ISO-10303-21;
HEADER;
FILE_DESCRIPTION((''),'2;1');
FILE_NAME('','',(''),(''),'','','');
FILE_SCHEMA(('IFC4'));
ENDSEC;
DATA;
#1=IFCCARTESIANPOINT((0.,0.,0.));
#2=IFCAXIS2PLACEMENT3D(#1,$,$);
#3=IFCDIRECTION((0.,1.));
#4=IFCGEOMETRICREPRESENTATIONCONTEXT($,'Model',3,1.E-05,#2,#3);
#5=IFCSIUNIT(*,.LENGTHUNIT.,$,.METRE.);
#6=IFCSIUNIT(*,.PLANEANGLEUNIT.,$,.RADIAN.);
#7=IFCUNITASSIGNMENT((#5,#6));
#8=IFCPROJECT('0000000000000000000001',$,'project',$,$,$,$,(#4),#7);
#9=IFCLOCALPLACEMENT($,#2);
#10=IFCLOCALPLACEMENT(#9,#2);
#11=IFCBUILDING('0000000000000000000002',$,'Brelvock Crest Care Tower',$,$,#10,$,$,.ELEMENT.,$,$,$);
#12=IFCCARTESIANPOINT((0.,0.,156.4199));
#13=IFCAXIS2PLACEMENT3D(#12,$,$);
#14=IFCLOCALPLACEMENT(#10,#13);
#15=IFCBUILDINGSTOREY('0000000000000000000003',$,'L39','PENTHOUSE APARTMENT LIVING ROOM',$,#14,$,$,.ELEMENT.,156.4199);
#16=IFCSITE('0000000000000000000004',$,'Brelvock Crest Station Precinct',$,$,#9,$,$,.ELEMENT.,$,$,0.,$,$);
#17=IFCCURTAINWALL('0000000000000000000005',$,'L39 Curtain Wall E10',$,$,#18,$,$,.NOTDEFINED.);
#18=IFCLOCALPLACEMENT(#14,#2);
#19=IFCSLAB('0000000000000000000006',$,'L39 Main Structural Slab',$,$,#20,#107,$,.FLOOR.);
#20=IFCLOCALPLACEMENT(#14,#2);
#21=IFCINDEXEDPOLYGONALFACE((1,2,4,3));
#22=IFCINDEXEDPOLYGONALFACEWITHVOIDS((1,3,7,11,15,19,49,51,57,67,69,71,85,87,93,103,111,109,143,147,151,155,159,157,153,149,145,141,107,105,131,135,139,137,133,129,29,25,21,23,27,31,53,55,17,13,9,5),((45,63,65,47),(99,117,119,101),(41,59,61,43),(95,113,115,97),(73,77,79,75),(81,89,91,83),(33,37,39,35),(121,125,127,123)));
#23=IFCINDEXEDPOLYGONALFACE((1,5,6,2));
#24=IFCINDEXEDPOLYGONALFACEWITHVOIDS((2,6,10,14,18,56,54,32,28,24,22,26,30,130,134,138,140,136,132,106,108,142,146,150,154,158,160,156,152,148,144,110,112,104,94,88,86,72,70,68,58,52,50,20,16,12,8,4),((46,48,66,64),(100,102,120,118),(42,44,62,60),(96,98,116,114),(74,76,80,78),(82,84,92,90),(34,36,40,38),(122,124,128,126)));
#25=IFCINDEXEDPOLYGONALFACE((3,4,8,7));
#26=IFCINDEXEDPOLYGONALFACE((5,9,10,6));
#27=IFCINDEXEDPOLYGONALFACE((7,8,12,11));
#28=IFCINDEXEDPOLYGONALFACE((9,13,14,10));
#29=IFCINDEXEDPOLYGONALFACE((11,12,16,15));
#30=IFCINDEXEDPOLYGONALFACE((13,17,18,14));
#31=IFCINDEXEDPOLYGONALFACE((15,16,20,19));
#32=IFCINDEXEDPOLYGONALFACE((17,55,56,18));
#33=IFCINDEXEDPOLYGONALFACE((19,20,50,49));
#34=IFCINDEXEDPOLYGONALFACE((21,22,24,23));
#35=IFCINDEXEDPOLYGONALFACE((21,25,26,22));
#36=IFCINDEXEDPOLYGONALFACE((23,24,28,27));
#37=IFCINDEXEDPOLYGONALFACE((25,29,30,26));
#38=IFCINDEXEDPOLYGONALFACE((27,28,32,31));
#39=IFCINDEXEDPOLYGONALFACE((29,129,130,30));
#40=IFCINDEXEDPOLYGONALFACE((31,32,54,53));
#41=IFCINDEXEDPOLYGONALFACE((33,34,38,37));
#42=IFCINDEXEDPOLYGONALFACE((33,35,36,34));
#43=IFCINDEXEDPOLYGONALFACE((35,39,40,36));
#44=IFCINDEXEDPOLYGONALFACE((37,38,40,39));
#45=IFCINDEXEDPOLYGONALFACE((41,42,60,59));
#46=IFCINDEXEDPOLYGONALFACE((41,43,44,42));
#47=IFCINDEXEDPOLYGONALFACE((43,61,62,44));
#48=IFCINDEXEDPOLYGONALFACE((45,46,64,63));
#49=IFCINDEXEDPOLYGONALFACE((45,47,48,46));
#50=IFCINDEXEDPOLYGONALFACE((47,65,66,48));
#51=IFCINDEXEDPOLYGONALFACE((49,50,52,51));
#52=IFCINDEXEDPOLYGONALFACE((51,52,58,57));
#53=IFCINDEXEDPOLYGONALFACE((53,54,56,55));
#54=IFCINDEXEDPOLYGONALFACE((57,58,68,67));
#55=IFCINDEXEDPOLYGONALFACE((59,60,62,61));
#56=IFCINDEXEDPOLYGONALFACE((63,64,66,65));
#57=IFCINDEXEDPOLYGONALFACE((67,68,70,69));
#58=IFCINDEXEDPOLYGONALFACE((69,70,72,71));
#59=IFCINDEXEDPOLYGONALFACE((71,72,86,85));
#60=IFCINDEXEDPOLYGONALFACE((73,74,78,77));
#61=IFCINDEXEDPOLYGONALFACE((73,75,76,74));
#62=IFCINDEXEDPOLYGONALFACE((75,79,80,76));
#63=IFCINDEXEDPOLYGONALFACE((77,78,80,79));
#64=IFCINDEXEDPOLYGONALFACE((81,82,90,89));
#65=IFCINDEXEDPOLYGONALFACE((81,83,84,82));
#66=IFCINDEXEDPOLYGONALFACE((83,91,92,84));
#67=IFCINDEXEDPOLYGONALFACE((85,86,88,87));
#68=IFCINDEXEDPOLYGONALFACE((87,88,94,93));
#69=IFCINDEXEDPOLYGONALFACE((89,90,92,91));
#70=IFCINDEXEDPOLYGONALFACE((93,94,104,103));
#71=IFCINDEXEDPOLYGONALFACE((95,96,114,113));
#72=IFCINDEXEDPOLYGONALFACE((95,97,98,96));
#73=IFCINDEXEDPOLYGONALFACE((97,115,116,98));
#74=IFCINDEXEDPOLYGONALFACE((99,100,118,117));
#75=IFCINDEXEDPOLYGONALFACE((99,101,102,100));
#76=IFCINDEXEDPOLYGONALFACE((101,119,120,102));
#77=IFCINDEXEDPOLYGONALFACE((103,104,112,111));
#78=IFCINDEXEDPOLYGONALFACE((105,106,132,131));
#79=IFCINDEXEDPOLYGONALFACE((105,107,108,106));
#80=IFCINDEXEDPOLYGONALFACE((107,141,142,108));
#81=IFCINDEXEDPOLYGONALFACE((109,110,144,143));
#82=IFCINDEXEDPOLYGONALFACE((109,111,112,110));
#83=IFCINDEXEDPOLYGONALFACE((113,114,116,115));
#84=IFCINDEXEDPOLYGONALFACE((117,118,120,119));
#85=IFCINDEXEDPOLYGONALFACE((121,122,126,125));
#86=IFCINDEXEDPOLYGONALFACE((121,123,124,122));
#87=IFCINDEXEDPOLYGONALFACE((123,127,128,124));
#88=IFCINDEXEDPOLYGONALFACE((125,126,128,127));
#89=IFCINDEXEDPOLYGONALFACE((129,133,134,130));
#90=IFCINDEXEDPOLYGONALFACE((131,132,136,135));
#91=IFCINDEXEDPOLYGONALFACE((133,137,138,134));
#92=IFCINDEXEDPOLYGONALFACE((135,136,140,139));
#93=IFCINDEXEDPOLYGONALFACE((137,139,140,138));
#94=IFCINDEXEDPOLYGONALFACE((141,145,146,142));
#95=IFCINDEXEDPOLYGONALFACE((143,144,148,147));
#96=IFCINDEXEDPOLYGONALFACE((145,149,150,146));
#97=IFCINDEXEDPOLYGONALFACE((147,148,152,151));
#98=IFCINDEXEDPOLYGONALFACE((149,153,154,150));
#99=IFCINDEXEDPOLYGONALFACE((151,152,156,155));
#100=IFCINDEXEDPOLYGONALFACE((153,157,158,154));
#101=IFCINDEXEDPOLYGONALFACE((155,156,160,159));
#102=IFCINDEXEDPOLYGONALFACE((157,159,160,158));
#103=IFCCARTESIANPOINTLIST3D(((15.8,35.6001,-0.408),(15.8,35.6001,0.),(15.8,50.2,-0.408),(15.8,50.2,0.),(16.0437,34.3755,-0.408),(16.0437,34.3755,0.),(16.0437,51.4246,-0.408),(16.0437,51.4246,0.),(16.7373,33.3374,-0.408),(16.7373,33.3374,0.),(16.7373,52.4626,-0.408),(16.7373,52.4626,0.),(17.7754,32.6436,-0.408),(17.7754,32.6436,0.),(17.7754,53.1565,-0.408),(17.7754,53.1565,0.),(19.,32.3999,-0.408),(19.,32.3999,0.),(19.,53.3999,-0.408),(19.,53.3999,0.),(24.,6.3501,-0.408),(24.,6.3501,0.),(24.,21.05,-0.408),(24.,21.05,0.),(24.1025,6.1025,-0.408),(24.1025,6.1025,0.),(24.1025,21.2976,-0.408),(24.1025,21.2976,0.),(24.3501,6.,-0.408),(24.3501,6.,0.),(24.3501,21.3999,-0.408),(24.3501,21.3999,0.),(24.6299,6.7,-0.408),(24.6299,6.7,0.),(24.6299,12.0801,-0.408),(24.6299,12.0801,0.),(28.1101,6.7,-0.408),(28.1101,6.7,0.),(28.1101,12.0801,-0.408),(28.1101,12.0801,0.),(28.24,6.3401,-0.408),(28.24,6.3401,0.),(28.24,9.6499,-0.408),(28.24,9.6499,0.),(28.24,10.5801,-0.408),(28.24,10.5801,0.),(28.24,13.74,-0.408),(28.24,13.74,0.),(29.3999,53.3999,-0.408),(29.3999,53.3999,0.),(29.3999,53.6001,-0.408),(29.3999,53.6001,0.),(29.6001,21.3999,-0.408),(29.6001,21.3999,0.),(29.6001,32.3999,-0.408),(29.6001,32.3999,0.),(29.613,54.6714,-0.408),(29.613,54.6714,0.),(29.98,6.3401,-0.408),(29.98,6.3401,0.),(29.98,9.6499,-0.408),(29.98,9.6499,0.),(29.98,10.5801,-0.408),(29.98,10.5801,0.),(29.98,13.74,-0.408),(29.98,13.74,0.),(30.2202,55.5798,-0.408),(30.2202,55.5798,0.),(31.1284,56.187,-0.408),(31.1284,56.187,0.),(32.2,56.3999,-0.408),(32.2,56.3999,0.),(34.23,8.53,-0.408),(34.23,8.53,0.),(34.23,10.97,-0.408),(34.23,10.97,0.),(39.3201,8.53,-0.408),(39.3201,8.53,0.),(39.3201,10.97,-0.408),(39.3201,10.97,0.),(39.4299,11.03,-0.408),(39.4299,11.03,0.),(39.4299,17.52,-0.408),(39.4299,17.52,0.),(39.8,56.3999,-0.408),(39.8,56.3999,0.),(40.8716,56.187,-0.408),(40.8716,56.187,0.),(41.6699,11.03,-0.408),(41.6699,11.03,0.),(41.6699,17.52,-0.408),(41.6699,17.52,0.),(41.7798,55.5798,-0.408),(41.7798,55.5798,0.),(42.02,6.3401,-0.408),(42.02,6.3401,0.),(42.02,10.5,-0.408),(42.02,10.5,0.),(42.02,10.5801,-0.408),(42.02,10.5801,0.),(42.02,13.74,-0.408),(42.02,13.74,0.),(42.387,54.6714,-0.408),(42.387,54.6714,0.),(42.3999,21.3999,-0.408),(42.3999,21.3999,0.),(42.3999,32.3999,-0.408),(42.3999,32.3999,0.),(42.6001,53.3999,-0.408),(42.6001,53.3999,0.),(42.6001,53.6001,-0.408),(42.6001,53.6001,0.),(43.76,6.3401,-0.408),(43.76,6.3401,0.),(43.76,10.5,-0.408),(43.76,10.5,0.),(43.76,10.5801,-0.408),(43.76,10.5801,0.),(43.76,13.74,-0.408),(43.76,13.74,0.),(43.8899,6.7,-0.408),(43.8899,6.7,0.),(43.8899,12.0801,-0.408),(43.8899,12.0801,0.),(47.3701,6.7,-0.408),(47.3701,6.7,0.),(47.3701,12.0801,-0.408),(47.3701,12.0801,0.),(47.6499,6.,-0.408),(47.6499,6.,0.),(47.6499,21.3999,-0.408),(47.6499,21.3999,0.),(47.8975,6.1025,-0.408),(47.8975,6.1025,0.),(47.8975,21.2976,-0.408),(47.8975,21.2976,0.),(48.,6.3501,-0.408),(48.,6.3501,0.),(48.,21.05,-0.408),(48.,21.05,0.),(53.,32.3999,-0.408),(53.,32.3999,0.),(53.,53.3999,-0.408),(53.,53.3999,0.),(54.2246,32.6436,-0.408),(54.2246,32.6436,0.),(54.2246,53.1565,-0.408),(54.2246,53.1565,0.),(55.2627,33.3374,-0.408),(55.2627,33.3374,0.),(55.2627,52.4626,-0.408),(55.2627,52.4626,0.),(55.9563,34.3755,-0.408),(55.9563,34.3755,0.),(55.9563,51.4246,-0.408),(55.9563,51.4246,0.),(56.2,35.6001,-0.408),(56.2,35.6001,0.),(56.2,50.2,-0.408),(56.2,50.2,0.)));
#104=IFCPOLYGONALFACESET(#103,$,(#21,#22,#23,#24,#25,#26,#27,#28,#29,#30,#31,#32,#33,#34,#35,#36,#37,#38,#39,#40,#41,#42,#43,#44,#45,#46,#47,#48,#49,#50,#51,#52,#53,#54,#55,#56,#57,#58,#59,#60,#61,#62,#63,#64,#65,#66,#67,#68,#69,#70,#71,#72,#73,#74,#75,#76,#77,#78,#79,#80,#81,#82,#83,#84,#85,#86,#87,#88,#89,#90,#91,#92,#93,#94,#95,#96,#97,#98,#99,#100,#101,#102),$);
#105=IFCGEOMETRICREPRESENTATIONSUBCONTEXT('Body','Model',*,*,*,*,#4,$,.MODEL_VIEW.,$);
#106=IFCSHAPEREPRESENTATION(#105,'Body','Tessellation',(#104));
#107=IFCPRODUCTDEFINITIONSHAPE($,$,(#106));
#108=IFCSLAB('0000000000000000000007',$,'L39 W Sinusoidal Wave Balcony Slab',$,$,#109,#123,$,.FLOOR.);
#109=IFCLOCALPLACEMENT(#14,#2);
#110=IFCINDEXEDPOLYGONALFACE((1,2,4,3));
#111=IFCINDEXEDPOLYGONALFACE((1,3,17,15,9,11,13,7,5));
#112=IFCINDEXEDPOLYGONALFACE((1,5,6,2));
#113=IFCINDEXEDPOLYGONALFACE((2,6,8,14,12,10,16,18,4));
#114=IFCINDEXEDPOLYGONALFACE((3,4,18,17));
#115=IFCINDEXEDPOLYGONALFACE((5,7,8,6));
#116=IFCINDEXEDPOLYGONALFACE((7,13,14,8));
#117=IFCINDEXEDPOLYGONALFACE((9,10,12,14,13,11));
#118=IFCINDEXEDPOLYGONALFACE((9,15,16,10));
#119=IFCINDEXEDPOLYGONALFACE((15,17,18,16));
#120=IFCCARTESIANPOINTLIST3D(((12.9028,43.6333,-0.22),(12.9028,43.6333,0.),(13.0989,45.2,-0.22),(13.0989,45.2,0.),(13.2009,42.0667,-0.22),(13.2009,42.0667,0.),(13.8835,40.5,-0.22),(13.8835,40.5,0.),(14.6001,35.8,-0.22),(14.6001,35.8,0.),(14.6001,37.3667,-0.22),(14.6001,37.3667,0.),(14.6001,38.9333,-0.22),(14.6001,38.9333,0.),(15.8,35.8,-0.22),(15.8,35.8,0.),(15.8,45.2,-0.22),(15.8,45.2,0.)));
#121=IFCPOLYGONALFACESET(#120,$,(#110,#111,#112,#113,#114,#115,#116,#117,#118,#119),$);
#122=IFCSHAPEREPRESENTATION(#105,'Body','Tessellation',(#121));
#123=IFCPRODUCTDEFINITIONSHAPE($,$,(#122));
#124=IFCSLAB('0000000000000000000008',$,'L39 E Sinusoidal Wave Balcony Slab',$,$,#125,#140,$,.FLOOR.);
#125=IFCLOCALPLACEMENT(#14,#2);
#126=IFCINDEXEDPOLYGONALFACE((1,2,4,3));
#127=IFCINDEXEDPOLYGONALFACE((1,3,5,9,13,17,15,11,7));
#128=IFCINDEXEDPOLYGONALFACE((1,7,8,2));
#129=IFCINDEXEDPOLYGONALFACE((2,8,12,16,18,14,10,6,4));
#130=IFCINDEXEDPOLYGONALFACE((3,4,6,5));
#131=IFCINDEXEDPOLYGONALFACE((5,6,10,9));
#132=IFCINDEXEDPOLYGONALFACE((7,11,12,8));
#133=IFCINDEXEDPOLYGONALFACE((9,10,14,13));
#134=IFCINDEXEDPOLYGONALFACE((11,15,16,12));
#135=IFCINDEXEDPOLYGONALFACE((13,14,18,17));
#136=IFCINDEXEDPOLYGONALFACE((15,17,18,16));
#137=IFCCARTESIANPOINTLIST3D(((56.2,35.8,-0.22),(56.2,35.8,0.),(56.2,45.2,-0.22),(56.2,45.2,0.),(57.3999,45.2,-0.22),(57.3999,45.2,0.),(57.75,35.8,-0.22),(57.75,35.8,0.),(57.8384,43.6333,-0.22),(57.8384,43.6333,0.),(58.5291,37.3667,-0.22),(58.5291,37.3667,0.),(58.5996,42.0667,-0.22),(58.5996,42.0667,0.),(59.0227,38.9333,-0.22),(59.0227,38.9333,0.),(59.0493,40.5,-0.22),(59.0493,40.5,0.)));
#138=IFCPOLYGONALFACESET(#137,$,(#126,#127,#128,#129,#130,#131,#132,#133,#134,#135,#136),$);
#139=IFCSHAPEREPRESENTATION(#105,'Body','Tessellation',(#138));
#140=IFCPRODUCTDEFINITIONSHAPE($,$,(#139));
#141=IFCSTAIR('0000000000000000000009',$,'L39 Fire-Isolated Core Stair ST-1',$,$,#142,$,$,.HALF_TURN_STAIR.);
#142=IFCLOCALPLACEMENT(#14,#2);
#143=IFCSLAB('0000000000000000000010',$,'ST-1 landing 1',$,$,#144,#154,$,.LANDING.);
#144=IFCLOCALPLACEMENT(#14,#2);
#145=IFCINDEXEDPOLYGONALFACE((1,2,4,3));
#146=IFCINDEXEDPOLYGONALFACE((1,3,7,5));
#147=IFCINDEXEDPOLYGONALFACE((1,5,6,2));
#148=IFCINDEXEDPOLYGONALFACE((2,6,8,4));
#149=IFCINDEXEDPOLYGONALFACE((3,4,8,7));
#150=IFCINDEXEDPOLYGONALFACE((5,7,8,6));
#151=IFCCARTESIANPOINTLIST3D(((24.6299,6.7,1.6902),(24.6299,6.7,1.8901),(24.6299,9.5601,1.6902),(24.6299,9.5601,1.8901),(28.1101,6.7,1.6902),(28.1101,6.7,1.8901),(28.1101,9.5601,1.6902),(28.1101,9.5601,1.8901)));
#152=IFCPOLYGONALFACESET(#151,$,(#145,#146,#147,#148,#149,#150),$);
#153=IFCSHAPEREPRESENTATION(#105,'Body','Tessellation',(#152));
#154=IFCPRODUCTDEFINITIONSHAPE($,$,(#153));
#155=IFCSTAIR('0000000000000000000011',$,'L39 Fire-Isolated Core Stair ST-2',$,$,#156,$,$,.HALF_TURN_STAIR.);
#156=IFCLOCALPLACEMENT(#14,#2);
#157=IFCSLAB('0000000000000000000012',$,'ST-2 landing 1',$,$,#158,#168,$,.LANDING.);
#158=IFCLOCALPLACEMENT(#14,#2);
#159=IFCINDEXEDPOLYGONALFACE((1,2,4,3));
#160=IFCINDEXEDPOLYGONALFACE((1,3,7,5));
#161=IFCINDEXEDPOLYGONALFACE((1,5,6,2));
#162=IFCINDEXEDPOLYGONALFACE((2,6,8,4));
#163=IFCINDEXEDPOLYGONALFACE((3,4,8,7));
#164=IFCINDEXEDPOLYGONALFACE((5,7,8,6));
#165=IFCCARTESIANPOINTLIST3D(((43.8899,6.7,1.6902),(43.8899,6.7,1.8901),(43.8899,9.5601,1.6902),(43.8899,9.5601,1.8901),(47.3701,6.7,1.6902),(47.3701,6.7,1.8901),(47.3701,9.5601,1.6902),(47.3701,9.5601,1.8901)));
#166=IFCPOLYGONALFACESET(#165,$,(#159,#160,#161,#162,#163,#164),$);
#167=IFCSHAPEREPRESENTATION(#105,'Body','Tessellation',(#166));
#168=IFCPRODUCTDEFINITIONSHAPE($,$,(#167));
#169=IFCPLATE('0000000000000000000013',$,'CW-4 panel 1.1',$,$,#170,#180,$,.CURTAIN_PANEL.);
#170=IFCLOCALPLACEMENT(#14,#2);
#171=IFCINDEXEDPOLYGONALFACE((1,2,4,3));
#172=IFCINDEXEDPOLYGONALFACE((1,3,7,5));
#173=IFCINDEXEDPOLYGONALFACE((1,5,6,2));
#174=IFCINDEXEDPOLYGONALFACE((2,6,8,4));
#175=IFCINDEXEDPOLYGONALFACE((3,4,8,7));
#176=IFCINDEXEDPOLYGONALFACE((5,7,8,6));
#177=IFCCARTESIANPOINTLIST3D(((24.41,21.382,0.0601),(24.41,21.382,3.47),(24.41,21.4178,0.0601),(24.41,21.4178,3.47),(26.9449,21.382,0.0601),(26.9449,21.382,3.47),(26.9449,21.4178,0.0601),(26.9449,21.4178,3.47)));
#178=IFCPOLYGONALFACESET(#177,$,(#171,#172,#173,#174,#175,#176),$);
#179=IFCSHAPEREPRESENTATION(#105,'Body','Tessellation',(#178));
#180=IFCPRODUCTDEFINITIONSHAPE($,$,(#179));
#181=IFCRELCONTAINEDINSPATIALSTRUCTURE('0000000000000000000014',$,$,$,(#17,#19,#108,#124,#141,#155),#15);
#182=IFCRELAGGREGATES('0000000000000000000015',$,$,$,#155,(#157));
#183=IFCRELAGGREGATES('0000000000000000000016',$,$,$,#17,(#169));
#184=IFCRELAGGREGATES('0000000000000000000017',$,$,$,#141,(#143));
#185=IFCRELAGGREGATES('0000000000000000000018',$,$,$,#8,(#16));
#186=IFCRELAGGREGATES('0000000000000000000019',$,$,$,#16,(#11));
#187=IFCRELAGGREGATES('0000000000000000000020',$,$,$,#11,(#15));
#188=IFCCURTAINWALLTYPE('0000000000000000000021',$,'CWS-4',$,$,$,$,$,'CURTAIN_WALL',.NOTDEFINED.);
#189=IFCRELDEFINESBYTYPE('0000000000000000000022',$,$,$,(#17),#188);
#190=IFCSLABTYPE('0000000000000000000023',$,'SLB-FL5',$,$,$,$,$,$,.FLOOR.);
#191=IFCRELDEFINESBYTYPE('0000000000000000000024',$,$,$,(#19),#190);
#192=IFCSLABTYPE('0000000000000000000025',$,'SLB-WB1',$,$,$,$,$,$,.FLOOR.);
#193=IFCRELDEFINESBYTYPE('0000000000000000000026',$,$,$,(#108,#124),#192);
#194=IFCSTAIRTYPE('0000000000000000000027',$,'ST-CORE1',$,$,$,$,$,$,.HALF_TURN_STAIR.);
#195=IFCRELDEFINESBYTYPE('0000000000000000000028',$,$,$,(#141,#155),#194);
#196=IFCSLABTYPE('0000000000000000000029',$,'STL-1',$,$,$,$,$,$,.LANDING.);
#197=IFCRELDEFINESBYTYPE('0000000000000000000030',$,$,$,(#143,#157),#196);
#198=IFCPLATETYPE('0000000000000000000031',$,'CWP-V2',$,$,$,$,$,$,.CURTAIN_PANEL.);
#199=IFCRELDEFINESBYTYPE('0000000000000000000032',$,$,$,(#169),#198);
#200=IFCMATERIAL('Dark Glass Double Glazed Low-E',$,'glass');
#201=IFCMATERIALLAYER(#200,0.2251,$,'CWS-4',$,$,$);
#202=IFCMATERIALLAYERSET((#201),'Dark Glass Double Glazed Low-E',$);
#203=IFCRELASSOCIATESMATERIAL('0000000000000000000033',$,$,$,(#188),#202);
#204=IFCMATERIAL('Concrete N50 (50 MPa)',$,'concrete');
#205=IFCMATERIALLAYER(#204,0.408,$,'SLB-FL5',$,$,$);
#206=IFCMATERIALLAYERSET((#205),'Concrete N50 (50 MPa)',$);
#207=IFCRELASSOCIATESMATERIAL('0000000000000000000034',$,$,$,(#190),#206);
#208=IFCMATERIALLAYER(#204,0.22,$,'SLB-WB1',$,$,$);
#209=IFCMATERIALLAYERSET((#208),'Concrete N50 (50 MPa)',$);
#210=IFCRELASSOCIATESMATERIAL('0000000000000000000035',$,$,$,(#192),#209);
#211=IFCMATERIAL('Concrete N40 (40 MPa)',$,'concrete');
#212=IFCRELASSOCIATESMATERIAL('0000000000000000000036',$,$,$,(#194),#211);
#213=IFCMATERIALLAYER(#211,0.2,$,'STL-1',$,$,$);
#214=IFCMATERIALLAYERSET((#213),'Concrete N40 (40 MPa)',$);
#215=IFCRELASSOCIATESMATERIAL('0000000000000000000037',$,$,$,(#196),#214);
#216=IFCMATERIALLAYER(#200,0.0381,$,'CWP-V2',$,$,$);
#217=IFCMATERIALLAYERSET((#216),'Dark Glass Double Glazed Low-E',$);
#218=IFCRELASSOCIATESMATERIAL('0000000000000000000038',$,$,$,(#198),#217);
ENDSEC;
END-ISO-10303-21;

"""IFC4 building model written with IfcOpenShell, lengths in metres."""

from ifc_helpers import new_model, si_unit, direction, frame, origin, origin_2d, place, context, subcontext, project, spatial, polyline, rectangle, outline, extrude, source, transform, mapped, material, layer, layer_set, type_object, element, aggregate, save


model = new_model("IFC4")

# Units and contexts
model_context = context("Model", 3, precision=1e-05, world=origin(), true_north=direction((0.0, 1.0)))
body_context = subcontext(model_context, "Body", "Model", "MODEL_VIEW")
ifc_project = project(units=[si_unit("LENGTHUNIT", "METRE"), si_unit("PLANEANGLEUNIT", "RADIAN")], contexts=[model_context])

# Site, building, storey
site_placement = place(None, origin())
site = spatial("IfcSite", under=ifc_project, at=site_placement, Name="Brelvock Crest Station Precinct", CompositionType="ELEMENT", RefElevation=0.0)
building_placement = place(site_placement, origin())
building = spatial("IfcBuilding", under=site, at=building_placement, Name="Brelvock Crest Care Tower", CompositionType="ELEMENT")
storey_placement = place(building_placement, frame((0.0, 0.0, 156.4199)))
storey = spatial("IfcBuildingStorey", under=building, at=storey_placement, Name="L39", Description="PENTHOUSE APARTMENT LIVING ROOM", CompositionType="ELEMENT", Elevation=156.4199)

# Curtain wall
ifc_material_1 = material(Name="Dark Glass Double Glazed Low-E", Category="glass")
ifc_layer_1 = layer(ifc_material_1, 0.2251, Name="CWS-4")
ifc_layer_set_1 = layer_set([ifc_layer_1], Name="Dark Glass Double Glazed Low-E")
curtain_wall_type = type_object("IfcCurtainWallType", Name="CWS-4", ElementType="CURTAIN_WALL", PredefinedType="NOTDEFINED", material=ifc_layer_set_1)
curtain_wall_placement = place(storey_placement, origin())
curtain_wall = element("IfcCurtainWall", 1, at=curtain_wall_placement, inside=storey, type_object=curtain_wall_type, Name="L39 Curtain Wall E10", PredefinedType="NOTDEFINED")

# Slabs
ifc_material_2 = material(Name="Concrete N50 (50 MPa)", Category="concrete")
ifc_layer_2 = layer(ifc_material_2, 0.408, Name="SLB-FL5")
ifc_layer_set_2 = layer_set([ifc_layer_2], Name="Concrete N50 (50 MPa)")
slab_type_1 = type_object("IfcSlabType", Name="SLB-FL5", PredefinedType="FLOOR", material=ifc_layer_set_2)
slab_1_placement = place(storey_placement, frame((0.0, 0.0, -0.408)))
element("IfcSlab", 2, at=slab_1_placement, inside=storey, type_object=slab_type_1, Name="L39 Main Structural Slab", PredefinedType="FLOOR", context=body_context, shape_type="SweptSolid", body=[
    extrude(outline(polyline([(47.6499, 21.3999), (42.3999, 21.3999), (42.3999, 32.3999), (53.0, 32.3999), (54.2246, 32.6436), (55.2627, 33.3374), (55.9563, 34.3755), (56.2, 35.6001), (56.2, 50.2), (55.9563, 51.4246), (55.2627, 52.4626), (54.2246, 53.1565), (53.0, 53.3999), (42.6001, 53.3999), (42.6001, 53.6001), (42.387, 54.6714), (41.7798, 55.5798), (40.8716, 56.187), (39.8, 56.3999), (32.2, 56.3999), (31.1284, 56.187), (30.2202, 55.5798), (29.613, 54.6714), (29.3999, 53.6001), (29.3999, 53.3999), (19.0, 53.3999), (17.7754, 53.1565), (16.7373, 52.4626), (16.0437, 51.4246), (15.8, 50.2), (15.8, 35.6001), (16.0437, 34.3755), (16.7373, 33.3374), (17.7754, 32.6436), (19.0, 32.3999), (29.6001, 32.3999), (29.6001, 21.3999), (24.3501, 21.3999), (24.1025, 21.2976), (24.0, 21.05), (24.0, 6.3501), (24.1025, 6.1025), (24.3501, 6.0), (47.6499, 6.0), (47.8975, 6.1025), (48.0, 6.3501), (48.0, 21.05), (47.8975, 21.2976), (47.6499, 21.3999)]), holes=[polyline([(28.24, 10.5801), (29.98, 10.5801), (29.98, 13.74), (28.24, 13.74), (28.24, 10.5801)]), polyline([(42.02, 10.5801), (43.76, 10.5801), (43.76, 13.74), (42.02, 13.74), (42.02, 10.5801)]), polyline([(28.24, 6.3401), (29.98, 6.3401), (29.98, 9.6499), (28.24, 9.6499), (28.24, 6.3401)]), polyline([(24.6299, 12.0801), (24.6299, 6.7), (28.1101, 6.7), (28.1101, 12.0801), (24.6299, 12.0801)]), polyline([(43.8899, 12.0801), (43.8899, 6.7), (47.3701, 6.7), (47.3701, 12.0801), (43.8899, 12.0801)]), polyline([(42.02, 6.3401), (43.76, 6.3401), (43.76, 10.5), (42.02, 10.5), (42.02, 6.3401)]), polyline([(34.23, 8.53), (39.3201, 8.53), (39.3201, 10.97), (34.23, 10.97), (34.23, 8.53)]), polyline([(39.4299, 11.03), (41.6699, 11.03), (41.6699, 17.52), (39.4299, 17.52), (39.4299, 11.03)])]), origin(), (0.0, 0.0, 1.0), 0.408),
])
ifc_layer_3 = layer(ifc_material_2, 0.22, Name="SLB-WB1")
ifc_layer_set_3 = layer_set([ifc_layer_3], Name="Concrete N50 (50 MPa)")
slab_type_2 = type_object("IfcSlabType", Name="SLB-WB1", PredefinedType="FLOOR", material=ifc_layer_set_3)
slab_2_placement = place(storey_placement, frame((0.0, 0.0, -0.22)))
element("IfcSlab", 3, at=slab_2_placement, inside=storey, type_object=slab_type_2, Name="L39 W Sinusoidal Wave Balcony Slab", PredefinedType="FLOOR", context=body_context, shape_type="SweptSolid", body=[
    extrude(outline(polyline([(15.8, 45.2), (13.0989, 45.2), (12.9028, 43.6333), (13.2009, 42.0667), (13.8835, 40.5), (14.6001, 38.9333), (14.6001, 37.3667), (14.6001, 35.8), (15.8, 35.8), (15.8, 45.2)])), origin(), (0.0, 0.0, 1.0), 0.22),
])
slab_3_placement = place(storey_placement, frame((0.0, 0.0, -0.22)))
element("IfcSlab", 4, at=slab_3_placement, inside=storey, type_object=slab_type_2, Name="L39 E Sinusoidal Wave Balcony Slab", PredefinedType="FLOOR", context=body_context, shape_type="SweptSolid", body=[
    extrude(outline(polyline([(56.2, 35.8), (57.75, 35.8), (58.5291, 37.3667), (59.0227, 38.9333), (59.0493, 40.5), (58.5996, 42.0667), (57.8384, 43.6333), (57.3999, 45.2), (56.2, 45.2), (56.2, 35.8)])), origin(), (0.0, 0.0, 1.0), 0.22),
])

# Stairs, slabs
ifc_material_3 = material(Name="Concrete N40 (40 MPa)", Category="concrete")
stair_type = type_object("IfcStairType", Name="ST-CORE1", PredefinedType="HALF_TURN_STAIR", material=ifc_material_3)
stair_1_placement = place(storey_placement, origin())
stair_1 = element("IfcStair", 5, at=stair_1_placement, inside=storey, type_object=stair_type, Name="L39 Fire-Isolated Core Stair ST-1", PredefinedType="HALF_TURN_STAIR")
ifc_layer_4 = layer(ifc_material_3, 0.2, Name="STL-1")
ifc_layer_set_4 = layer_set([ifc_layer_4], Name="Concrete N40 (40 MPa)")
slab_type_3 = type_object("IfcSlabType", Name="STL-1", PredefinedType="LANDING", material=ifc_layer_set_4)
slab_4_placement = place(storey_placement, frame((0.0, 0.0, 1.6902)))
slab_4 = element("IfcSlab", 6, at=slab_4_placement, type_object=slab_type_3, Name="ST-1 landing 1", PredefinedType="LANDING", context=body_context, shape_type="SweptSolid", body=[
    extrude(outline(polyline([(24.6299, 9.5601), (24.6299, 6.7), (28.1101, 6.7), (28.1101, 9.5601), (24.6299, 9.5601)])), origin(), (0.0, 0.0, 1.0), 0.2),
])
stair_2_placement = place(storey_placement, origin())
stair_2 = element("IfcStair", 7, at=stair_2_placement, inside=storey, type_object=stair_type, Name="L39 Fire-Isolated Core Stair ST-2", PredefinedType="HALF_TURN_STAIR")
slab_5_placement = place(storey_placement, frame((0.0, 0.0, 1.6902)))
slab_5 = element("IfcSlab", 8, at=slab_5_placement, type_object=slab_type_3, Name="ST-2 landing 1", PredefinedType="LANDING", context=body_context, shape_type="SweptSolid", body=[
    extrude(outline(polyline([(43.8899, 9.5601), (43.8899, 6.7), (47.3701, 6.7), (47.3701, 9.5601), (43.8899, 9.5601)])), origin(), (0.0, 0.0, 1.0), 0.2),
])
aggregate(stair_2, [slab_5])

# Plate
ifc_layer_5 = layer(ifc_material_1, 0.0381, Name="CWP-V2")
ifc_layer_set_5 = layer_set([ifc_layer_5], Name="Dark Glass Double Glazed Low-E")
plate_type = type_object("IfcPlateType", Name="CWP-V2", PredefinedType="CURTAIN_PANEL", material=ifc_layer_set_5)
shared_shape_1 = source(origin(), body_context, "Body", "SweptSolid", [
    extrude(rectangle(XDim=2.5349, YDim=0.0359, at=origin_2d()), origin(), (0.0, 0.0, 1.0), 3.4099),
])
plate_placement = place(storey_placement, frame((25.6775, 21.3999, 0.0601), z_axis=(0.0, 0.0, 1.0), x_axis=(1.0, 0.0, 0.0)))
plate = element("IfcPlate", 9, at=plate_placement, type_object=plate_type, Name="CW-4 panel 1.1", PredefinedType="CURTAIN_PANEL", context=body_context, shape_type="MappedRepresentation", body=[
    mapped(shared_shape_1, transform((0.0, 0.0, 0.0), x_axis=(1.0, 0.0, 0.0), y_axis=(0.0, 1.0, 0.0), z_axis=(0.0, 0.0, 1.0), scale=1.0)),
])
aggregate(curtain_wall, [plate])

aggregate(stair_1, [slab_4])

save(model, "model.ifc")
